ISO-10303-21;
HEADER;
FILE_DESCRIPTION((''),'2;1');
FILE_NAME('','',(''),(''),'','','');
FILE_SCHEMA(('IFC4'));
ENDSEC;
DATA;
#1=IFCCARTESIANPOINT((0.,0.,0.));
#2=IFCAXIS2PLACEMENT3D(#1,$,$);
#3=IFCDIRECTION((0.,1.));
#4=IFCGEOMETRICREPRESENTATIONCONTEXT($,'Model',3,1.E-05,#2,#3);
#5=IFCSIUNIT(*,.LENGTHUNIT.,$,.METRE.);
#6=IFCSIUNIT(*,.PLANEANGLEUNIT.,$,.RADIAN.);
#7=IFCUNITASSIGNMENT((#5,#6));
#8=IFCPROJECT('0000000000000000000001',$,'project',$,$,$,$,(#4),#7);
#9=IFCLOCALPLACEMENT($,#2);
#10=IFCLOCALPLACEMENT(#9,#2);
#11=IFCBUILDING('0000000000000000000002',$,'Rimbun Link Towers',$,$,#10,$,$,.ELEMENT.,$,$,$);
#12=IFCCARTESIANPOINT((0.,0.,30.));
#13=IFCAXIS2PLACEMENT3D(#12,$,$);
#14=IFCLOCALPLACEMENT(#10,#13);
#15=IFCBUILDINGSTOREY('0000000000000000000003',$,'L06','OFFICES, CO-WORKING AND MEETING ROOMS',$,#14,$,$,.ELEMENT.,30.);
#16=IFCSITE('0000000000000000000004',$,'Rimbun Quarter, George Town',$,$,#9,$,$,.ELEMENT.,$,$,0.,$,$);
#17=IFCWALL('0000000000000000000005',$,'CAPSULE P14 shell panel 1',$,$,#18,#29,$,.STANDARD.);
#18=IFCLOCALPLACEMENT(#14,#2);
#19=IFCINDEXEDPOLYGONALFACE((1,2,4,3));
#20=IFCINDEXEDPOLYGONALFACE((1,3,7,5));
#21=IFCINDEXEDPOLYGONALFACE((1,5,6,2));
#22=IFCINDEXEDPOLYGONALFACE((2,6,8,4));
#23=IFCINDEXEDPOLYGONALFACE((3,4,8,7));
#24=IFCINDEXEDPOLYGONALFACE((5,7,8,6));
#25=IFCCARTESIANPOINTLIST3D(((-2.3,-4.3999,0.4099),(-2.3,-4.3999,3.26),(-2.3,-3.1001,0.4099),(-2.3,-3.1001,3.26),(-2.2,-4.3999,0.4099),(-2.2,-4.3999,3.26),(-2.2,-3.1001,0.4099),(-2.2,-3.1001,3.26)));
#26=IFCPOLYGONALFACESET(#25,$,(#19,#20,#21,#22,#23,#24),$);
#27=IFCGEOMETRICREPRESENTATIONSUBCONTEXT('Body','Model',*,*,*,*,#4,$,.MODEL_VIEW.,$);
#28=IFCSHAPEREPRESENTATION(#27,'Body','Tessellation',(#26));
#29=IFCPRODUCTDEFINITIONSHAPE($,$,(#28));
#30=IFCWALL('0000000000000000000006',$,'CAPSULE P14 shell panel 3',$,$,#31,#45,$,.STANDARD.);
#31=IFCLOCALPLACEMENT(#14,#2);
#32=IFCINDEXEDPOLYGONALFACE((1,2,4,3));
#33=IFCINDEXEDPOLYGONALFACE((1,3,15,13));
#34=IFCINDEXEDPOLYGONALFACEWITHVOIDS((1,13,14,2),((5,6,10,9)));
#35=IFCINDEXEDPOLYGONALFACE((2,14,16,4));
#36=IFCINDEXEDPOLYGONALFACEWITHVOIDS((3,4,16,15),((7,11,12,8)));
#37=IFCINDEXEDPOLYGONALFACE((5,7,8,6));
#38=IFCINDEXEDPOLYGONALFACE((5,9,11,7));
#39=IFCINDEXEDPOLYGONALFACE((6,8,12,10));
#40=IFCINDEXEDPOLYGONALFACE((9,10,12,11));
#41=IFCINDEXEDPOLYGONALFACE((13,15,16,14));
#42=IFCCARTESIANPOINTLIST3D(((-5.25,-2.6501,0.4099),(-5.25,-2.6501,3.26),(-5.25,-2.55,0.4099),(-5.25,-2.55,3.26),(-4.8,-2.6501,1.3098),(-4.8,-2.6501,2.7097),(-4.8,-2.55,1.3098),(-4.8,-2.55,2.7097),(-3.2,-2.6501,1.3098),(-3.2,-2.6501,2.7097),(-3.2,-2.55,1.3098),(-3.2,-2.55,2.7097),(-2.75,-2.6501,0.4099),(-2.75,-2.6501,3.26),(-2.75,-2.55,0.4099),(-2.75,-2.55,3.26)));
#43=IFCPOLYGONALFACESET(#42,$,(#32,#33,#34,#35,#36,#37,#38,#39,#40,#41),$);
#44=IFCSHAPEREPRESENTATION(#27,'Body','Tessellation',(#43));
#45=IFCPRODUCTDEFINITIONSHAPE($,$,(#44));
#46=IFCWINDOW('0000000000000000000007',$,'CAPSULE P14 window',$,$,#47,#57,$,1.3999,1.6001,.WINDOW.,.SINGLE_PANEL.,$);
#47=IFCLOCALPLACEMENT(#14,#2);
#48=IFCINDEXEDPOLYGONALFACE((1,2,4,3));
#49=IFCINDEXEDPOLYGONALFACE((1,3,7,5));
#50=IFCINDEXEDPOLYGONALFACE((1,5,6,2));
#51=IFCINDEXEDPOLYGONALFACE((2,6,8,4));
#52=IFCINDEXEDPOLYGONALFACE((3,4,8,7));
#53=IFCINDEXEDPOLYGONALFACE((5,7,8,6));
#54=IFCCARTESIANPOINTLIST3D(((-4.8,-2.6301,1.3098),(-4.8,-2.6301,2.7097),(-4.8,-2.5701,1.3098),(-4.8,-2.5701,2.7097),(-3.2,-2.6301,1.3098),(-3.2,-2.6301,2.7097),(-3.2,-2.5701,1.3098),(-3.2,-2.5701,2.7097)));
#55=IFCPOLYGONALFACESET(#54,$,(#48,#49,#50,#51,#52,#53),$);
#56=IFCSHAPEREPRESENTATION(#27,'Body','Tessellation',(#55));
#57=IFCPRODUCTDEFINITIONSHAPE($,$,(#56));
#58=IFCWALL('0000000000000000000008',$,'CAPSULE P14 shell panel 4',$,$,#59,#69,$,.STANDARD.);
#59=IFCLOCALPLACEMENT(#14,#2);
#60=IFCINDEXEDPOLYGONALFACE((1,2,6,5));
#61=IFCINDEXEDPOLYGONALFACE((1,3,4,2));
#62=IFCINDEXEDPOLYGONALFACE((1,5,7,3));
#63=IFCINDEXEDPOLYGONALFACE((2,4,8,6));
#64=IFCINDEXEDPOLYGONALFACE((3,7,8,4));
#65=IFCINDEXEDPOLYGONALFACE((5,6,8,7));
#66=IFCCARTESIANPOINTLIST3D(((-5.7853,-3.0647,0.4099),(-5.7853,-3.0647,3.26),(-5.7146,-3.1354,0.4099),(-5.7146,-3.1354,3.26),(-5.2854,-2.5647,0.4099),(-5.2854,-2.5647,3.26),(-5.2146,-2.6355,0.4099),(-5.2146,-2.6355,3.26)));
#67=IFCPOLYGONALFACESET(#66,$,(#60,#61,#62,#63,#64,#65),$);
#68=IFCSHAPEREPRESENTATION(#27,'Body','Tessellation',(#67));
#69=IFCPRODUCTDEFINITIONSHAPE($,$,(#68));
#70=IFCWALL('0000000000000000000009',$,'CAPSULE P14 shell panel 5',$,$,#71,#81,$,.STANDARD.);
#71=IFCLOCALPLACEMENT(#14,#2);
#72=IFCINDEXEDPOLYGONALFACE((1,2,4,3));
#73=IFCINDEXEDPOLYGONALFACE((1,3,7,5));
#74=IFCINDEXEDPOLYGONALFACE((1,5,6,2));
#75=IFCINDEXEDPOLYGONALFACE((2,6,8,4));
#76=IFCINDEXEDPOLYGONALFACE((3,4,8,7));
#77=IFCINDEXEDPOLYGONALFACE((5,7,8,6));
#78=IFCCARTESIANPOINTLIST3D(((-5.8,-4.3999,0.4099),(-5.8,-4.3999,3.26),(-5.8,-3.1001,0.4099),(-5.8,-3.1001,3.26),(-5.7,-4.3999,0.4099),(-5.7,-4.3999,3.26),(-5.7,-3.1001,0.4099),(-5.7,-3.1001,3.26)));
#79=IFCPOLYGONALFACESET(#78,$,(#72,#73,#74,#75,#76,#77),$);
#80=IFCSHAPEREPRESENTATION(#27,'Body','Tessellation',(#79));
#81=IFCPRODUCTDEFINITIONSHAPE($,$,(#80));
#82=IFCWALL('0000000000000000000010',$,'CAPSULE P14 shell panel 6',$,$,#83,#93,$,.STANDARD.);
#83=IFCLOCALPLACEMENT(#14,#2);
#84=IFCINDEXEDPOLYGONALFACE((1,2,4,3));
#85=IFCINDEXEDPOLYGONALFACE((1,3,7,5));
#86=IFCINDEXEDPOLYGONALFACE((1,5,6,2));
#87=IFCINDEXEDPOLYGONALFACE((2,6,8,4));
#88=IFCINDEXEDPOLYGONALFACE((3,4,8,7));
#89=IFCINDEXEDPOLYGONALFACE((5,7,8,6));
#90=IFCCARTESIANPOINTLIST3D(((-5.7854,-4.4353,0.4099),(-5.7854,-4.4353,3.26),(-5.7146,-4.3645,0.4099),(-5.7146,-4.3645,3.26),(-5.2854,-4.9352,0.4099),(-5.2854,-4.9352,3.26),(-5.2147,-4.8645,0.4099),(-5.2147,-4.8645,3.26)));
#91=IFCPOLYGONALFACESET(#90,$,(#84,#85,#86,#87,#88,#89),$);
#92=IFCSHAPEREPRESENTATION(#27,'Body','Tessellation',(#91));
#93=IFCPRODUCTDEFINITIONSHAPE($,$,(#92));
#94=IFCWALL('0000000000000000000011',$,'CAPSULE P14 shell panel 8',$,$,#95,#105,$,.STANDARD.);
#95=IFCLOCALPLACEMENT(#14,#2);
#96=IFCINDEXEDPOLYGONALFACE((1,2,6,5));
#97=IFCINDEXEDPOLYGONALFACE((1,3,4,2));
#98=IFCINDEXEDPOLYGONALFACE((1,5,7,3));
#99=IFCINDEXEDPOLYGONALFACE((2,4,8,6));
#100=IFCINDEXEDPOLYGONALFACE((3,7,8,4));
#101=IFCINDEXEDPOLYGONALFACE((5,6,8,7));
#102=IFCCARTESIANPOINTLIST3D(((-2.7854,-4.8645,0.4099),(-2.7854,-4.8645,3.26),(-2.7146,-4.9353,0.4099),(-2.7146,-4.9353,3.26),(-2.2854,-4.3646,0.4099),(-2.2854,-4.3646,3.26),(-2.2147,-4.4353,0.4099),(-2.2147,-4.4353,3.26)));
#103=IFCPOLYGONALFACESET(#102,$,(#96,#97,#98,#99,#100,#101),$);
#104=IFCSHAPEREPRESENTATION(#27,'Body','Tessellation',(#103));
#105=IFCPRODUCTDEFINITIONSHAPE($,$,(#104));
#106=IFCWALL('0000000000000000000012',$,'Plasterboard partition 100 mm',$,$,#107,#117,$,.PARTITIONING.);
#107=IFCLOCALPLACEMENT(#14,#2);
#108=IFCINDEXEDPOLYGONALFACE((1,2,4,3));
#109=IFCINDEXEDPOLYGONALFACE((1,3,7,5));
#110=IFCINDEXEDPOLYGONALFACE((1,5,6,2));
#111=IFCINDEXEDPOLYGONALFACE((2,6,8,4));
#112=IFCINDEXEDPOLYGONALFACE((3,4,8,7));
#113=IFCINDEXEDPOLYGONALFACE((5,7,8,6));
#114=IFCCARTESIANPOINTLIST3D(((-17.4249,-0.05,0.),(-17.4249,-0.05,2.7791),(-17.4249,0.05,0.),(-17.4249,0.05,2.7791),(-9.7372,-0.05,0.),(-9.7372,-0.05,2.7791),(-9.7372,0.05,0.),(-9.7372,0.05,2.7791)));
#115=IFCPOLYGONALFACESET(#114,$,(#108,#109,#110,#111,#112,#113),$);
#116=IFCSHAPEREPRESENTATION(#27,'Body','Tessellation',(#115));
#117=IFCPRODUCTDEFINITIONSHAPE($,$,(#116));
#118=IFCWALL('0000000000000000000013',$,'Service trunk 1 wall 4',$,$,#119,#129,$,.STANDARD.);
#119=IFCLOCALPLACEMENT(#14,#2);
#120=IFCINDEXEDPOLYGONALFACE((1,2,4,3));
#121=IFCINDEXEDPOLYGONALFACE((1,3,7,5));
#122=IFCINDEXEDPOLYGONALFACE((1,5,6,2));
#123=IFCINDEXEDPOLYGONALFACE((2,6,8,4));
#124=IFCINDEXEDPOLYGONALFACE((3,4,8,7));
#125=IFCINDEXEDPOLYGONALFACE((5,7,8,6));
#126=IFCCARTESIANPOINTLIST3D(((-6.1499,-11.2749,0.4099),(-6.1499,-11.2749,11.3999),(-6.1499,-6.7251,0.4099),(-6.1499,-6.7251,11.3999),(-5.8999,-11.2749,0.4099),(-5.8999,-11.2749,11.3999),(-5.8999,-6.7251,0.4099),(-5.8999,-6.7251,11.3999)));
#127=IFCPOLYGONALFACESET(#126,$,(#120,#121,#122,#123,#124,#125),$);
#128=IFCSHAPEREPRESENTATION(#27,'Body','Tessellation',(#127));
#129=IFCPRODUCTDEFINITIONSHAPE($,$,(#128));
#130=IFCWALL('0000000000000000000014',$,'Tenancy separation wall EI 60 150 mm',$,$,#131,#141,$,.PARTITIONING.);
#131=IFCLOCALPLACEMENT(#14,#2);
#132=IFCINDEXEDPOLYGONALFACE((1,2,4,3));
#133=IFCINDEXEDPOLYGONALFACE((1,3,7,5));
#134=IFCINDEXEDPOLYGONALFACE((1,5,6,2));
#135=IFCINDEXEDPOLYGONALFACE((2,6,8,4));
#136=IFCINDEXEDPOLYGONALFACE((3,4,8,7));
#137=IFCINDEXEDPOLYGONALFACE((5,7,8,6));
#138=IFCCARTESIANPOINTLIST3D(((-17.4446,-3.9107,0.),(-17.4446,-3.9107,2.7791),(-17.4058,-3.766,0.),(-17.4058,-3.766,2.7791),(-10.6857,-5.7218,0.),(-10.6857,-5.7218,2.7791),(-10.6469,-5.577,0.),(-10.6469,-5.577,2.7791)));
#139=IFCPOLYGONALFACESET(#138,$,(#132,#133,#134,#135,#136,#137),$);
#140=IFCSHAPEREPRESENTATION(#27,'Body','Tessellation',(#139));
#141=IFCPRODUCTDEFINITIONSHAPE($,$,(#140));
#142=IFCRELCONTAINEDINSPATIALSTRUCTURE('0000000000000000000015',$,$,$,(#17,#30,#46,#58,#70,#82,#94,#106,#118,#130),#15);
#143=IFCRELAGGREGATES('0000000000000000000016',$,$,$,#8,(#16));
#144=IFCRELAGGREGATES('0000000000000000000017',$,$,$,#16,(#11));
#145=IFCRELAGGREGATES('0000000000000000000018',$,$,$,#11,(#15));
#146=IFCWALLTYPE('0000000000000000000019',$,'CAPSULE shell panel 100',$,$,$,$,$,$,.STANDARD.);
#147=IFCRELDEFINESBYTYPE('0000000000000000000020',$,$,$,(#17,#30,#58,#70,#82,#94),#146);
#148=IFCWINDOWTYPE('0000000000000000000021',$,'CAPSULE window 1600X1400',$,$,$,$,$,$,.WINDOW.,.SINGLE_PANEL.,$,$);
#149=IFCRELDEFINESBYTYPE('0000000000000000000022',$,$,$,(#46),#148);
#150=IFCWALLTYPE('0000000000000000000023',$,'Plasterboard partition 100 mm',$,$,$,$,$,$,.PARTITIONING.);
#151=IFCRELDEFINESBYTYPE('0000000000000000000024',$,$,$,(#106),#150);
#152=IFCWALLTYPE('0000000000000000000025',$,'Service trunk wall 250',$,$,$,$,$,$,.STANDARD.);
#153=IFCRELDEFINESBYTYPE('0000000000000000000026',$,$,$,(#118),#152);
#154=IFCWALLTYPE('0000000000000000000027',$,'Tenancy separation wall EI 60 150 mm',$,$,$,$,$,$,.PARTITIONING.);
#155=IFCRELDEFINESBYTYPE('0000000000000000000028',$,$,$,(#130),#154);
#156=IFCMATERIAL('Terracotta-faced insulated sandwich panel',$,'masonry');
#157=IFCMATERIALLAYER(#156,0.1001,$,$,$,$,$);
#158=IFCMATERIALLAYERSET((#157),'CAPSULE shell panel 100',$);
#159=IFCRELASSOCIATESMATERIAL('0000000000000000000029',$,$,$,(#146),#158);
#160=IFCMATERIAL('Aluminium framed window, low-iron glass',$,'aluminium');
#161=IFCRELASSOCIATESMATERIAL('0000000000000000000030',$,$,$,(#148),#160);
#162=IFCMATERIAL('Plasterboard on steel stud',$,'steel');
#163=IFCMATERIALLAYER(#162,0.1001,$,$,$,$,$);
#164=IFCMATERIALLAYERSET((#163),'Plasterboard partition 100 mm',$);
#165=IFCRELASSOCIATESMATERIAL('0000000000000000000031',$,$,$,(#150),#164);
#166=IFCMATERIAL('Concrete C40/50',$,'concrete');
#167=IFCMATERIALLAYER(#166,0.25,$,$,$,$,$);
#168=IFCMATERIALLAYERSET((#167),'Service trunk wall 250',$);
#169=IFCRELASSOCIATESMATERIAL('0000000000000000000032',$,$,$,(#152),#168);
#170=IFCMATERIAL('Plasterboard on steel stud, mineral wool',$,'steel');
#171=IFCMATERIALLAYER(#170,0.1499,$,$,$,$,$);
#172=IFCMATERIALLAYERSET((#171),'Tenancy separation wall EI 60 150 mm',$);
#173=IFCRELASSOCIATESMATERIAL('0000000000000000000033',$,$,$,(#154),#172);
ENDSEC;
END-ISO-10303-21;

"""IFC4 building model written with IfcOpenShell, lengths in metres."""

from ifc_helpers import new_model, si_unit, direction, frame, frame_2d, origin, place, context, subcontext, project, spatial, rectangle, extrude, material, layer, layer_set, type_object, element, fill, save


model = new_model("IFC4")

# Units and contexts
model_context = context("Model", 3, precision=1e-05, world=origin(), true_north=direction((0.0, 1.0)))
body_context = subcontext(model_context, "Body", "Model", "MODEL_VIEW")
ifc_project = project(units=[si_unit("LENGTHUNIT", "METRE"), si_unit("PLANEANGLEUNIT", "RADIAN")], contexts=[model_context])

# Site, building, storey
site_placement = place(None, origin())
site = spatial("IfcSite", under=ifc_project, at=site_placement, Name="Rimbun Quarter, George Town", CompositionType="ELEMENT", RefElevation=0.0)
building_placement = place(site_placement, origin())
building = spatial("IfcBuilding", under=site, at=building_placement, Name="Rimbun Link Towers", CompositionType="ELEMENT")
storey_placement = place(building_placement, frame((0.0, 0.0, 30.0)))
storey = spatial("IfcBuildingStorey", under=building, at=storey_placement, Name="L06", Description="OFFICES, CO-WORKING AND MEETING ROOMS", CompositionType="ELEMENT", Elevation=30.0)

# Wall
ifc_material_1 = material(Name="Terracotta-faced insulated sandwich panel", Category="masonry")
ifc_layer_1 = layer(ifc_material_1, 0.1001)
ifc_layer_set_1 = layer_set([ifc_layer_1], Name="CAPSULE shell panel 100")
wall_type_1 = type_object("IfcWallType", Name="CAPSULE shell panel 100", PredefinedType="STANDARD", material=ifc_layer_set_1)
wall_1_placement = place(storey_placement, frame((-2.25, -4.3999, 0.4099), z_axis=(0.0, 0.0, 1.0), x_axis=(0.0, 1.0, 0.0)))
element("IfcWall", 1, at=wall_1_placement, inside=storey, type_object=wall_type_1, Name="CAPSULE P14 shell panel 1", PredefinedType="STANDARD", context=body_context, shape_type="SweptSolid", body=[
    extrude(rectangle(XDim=1.2998, YDim=0.1001, at=frame_2d((0.6499, 0.0))), origin(), (0.0, 0.0, 1.0), 2.8501),
])

# Wall, opening, window
wall_2_placement = place(storey_placement, frame((-2.75, -2.6001, 0.4099), z_axis=(0.0, 0.0, 1.0), x_axis=(-1.0, 0.0, 0.0)))
wall_2 = element("IfcWall", 2, at=wall_2_placement, inside=storey, type_object=wall_type_1, Name="CAPSULE P14 shell panel 3", PredefinedType="STANDARD", context=body_context, shape_type="SweptSolid", body=[
    extrude(rectangle(XDim=2.5, YDim=0.1001, at=frame_2d((1.25, 0.0))), origin(), (0.0, 0.0, 1.0), 2.8501),
])
opening_1_placement = place(wall_2_placement, frame((0.45, 0.0, 0.8999)))
opening_1 = element("IfcOpeningElement", 3, at=opening_1_placement, cuts=wall_2, PredefinedType="OPENING", context=body_context, shape_type="SweptSolid", body=[
    extrude(rectangle(XDim=1.6001, YDim=1.3999, at=frame_2d((0.8, 0.7))), frame((0.0, 0.0601, 0.0), z_axis=(0.0, -1.0, 0.0), x_axis=(1.0, 0.0, 0.0)), (0.0, 0.0, 1.0), 0.1201),
])
ifc_material_2 = material(Name="Aluminium framed window, low-iron glass", Category="aluminium")
window_type = type_object("IfcWindowType", Name="CAPSULE window 1600X1400", PartitioningType="SINGLE_PANEL", PredefinedType="WINDOW", material=ifc_material_2)
window_placement = place(opening_1_placement, origin())
window = element("IfcWindow", 4, at=window_placement, inside=storey, type_object=window_type, Name="CAPSULE P14 window", OverallHeight=1.3999, OverallWidth=1.6001, PartitioningType="SINGLE_PANEL", PredefinedType="WINDOW", context=body_context, shape_type="SweptSolid", body=[
    extrude(rectangle(XDim=1.6001, YDim=1.3999, at=frame_2d((0.8, 0.7))), frame((0.0, 0.03, 0.0), z_axis=(0.0, -1.0, 0.0), x_axis=(1.0, 0.0, 0.0)), (0.0, 0.0, 1.0), 0.0601),
])
fill(opening_1, window)

# Walls
wall_3_placement = place(storey_placement, frame((-5.25, -2.6001, 0.4099), z_axis=(0.0, 0.0, 1.0), x_axis=(-0.707107, -0.707107, 0.0)))
element("IfcWall", 5, at=wall_3_placement, inside=storey, type_object=wall_type_1, Name="CAPSULE P14 shell panel 4", PredefinedType="STANDARD", context=body_context, shape_type="SweptSolid", body=[
    extrude(rectangle(XDim=0.707, YDim=0.1001, at=frame_2d((0.3535, 0.0))), origin(), (0.0, 0.0, 1.0), 2.8501),
])
wall_4_placement = place(storey_placement, frame((-5.75, -3.1001, 0.4099), z_axis=(0.0, 0.0, 1.0), x_axis=(0.0, -1.0, 0.0)))
element("IfcWall", 6, at=wall_4_placement, inside=storey, type_object=wall_type_1, Name="CAPSULE P14 shell panel 5", PredefinedType="STANDARD", context=body_context, shape_type="SweptSolid", body=[
    extrude(rectangle(XDim=1.2998, YDim=0.1001, at=frame_2d((0.6499, 0.0))), origin(), (0.0, 0.0, 1.0), 2.8501),
])
for number, where, z_axis, x_axis, name in (
    (7, (-5.75, -4.3999, 0.4099), (0.0, 0.0, 1.0), (0.707107, -0.707107, 0.0), "CAPSULE P14 shell panel 6"),
    (8, (-2.75, -4.8999, 0.4099), (0.0, 0.0, 1.0), (0.707107, 0.707107, 0.0), "CAPSULE P14 shell panel 8"),
):
    element("IfcWall", number, at=place(storey_placement, frame(where, z_axis=z_axis, x_axis=x_axis)), inside=storey, type_object=wall_type_1, Name=name, PredefinedType="STANDARD", context=body_context, shape_type="SweptSolid", body=[
        extrude(rectangle(XDim=0.707, YDim=0.1001, at=frame_2d((0.3535, 0.0))), origin(), (0.0, 0.0, 1.0), 2.8501),
    ])
ifc_material_3 = material(Name="Plasterboard on steel stud", Category="steel")
ifc_layer_2 = layer(ifc_material_3, 0.1001)
ifc_layer_set_2 = layer_set([ifc_layer_2], Name="Plasterboard partition 100 mm")
wall_type_2 = type_object("IfcWallType", Name="Plasterboard partition 100 mm", PredefinedType="PARTITIONING", material=ifc_layer_set_2)
wall_5_placement = place(storey_placement, frame((-9.7373, 0.0, 0.0), z_axis=(0.0, 0.0, 1.0), x_axis=(-1.0, 0.0, 0.0)))
element("IfcWall", 9, at=wall_5_placement, inside=storey, type_object=wall_type_2, Name="Plasterboard partition 100 mm", PredefinedType="PARTITIONING", context=body_context, shape_type="SweptSolid", body=[
    extrude(rectangle(XDim=7.6877, YDim=0.1001, at=frame_2d((3.8438, 0.0))), origin(), (0.0, 0.0, 1.0), 2.7791),
])
ifc_material_4 = material(Name="Concrete C40/50", Category="concrete")
ifc_layer_3 = layer(ifc_material_4, 0.25)
ifc_layer_set_3 = layer_set([ifc_layer_3], Name="Service trunk wall 250")
wall_type_3 = type_object("IfcWallType", Name="Service trunk wall 250", PredefinedType="STANDARD", material=ifc_layer_set_3)
wall_6_placement = place(storey_placement, frame((-6.0249, -6.7251, 0.4099), z_axis=(0.0, 0.0, 1.0), x_axis=(0.0, -1.0, 0.0)))
element("IfcWall", 10, at=wall_6_placement, inside=storey, type_object=wall_type_3, Name="Service trunk 1 wall 4", PredefinedType="STANDARD", context=body_context, shape_type="SweptSolid", body=[
    extrude(rectangle(XDim=4.5498, YDim=0.25, at=frame_2d((2.2749, 0.0))), origin(), (0.0, 0.0, 1.0), 10.99),
])
ifc_material_5 = material(Name="Plasterboard on steel stud, mineral wool", Category="steel")
ifc_layer_4 = layer(ifc_material_5, 0.1499)
ifc_layer_set_4 = layer_set([ifc_layer_4], Name="Tenancy separation wall EI 60 150 mm")
wall_type_4 = type_object("IfcWallType", Name="Tenancy separation wall EI 60 150 mm", PredefinedType="PARTITIONING", material=ifc_layer_set_4)
wall_7_placement = place(storey_placement, frame((-17.425, -3.8384, 0.0), z_axis=(0.0, 0.0, 1.0), x_axis=(0.965925, -0.258822, 0.0)))
element("IfcWall", 11, at=wall_7_placement, inside=storey, type_object=wall_type_4, Name="Tenancy separation wall EI 60 150 mm", PredefinedType="PARTITIONING", context=body_context, shape_type="SweptSolid", body=[
    extrude(rectangle(XDim=6.9973, YDim=0.1499, at=frame_2d((3.4985, 0.0))), origin(), (0.0, 0.0, 1.0), 2.7791),
])

save(model, "model.ifc")
